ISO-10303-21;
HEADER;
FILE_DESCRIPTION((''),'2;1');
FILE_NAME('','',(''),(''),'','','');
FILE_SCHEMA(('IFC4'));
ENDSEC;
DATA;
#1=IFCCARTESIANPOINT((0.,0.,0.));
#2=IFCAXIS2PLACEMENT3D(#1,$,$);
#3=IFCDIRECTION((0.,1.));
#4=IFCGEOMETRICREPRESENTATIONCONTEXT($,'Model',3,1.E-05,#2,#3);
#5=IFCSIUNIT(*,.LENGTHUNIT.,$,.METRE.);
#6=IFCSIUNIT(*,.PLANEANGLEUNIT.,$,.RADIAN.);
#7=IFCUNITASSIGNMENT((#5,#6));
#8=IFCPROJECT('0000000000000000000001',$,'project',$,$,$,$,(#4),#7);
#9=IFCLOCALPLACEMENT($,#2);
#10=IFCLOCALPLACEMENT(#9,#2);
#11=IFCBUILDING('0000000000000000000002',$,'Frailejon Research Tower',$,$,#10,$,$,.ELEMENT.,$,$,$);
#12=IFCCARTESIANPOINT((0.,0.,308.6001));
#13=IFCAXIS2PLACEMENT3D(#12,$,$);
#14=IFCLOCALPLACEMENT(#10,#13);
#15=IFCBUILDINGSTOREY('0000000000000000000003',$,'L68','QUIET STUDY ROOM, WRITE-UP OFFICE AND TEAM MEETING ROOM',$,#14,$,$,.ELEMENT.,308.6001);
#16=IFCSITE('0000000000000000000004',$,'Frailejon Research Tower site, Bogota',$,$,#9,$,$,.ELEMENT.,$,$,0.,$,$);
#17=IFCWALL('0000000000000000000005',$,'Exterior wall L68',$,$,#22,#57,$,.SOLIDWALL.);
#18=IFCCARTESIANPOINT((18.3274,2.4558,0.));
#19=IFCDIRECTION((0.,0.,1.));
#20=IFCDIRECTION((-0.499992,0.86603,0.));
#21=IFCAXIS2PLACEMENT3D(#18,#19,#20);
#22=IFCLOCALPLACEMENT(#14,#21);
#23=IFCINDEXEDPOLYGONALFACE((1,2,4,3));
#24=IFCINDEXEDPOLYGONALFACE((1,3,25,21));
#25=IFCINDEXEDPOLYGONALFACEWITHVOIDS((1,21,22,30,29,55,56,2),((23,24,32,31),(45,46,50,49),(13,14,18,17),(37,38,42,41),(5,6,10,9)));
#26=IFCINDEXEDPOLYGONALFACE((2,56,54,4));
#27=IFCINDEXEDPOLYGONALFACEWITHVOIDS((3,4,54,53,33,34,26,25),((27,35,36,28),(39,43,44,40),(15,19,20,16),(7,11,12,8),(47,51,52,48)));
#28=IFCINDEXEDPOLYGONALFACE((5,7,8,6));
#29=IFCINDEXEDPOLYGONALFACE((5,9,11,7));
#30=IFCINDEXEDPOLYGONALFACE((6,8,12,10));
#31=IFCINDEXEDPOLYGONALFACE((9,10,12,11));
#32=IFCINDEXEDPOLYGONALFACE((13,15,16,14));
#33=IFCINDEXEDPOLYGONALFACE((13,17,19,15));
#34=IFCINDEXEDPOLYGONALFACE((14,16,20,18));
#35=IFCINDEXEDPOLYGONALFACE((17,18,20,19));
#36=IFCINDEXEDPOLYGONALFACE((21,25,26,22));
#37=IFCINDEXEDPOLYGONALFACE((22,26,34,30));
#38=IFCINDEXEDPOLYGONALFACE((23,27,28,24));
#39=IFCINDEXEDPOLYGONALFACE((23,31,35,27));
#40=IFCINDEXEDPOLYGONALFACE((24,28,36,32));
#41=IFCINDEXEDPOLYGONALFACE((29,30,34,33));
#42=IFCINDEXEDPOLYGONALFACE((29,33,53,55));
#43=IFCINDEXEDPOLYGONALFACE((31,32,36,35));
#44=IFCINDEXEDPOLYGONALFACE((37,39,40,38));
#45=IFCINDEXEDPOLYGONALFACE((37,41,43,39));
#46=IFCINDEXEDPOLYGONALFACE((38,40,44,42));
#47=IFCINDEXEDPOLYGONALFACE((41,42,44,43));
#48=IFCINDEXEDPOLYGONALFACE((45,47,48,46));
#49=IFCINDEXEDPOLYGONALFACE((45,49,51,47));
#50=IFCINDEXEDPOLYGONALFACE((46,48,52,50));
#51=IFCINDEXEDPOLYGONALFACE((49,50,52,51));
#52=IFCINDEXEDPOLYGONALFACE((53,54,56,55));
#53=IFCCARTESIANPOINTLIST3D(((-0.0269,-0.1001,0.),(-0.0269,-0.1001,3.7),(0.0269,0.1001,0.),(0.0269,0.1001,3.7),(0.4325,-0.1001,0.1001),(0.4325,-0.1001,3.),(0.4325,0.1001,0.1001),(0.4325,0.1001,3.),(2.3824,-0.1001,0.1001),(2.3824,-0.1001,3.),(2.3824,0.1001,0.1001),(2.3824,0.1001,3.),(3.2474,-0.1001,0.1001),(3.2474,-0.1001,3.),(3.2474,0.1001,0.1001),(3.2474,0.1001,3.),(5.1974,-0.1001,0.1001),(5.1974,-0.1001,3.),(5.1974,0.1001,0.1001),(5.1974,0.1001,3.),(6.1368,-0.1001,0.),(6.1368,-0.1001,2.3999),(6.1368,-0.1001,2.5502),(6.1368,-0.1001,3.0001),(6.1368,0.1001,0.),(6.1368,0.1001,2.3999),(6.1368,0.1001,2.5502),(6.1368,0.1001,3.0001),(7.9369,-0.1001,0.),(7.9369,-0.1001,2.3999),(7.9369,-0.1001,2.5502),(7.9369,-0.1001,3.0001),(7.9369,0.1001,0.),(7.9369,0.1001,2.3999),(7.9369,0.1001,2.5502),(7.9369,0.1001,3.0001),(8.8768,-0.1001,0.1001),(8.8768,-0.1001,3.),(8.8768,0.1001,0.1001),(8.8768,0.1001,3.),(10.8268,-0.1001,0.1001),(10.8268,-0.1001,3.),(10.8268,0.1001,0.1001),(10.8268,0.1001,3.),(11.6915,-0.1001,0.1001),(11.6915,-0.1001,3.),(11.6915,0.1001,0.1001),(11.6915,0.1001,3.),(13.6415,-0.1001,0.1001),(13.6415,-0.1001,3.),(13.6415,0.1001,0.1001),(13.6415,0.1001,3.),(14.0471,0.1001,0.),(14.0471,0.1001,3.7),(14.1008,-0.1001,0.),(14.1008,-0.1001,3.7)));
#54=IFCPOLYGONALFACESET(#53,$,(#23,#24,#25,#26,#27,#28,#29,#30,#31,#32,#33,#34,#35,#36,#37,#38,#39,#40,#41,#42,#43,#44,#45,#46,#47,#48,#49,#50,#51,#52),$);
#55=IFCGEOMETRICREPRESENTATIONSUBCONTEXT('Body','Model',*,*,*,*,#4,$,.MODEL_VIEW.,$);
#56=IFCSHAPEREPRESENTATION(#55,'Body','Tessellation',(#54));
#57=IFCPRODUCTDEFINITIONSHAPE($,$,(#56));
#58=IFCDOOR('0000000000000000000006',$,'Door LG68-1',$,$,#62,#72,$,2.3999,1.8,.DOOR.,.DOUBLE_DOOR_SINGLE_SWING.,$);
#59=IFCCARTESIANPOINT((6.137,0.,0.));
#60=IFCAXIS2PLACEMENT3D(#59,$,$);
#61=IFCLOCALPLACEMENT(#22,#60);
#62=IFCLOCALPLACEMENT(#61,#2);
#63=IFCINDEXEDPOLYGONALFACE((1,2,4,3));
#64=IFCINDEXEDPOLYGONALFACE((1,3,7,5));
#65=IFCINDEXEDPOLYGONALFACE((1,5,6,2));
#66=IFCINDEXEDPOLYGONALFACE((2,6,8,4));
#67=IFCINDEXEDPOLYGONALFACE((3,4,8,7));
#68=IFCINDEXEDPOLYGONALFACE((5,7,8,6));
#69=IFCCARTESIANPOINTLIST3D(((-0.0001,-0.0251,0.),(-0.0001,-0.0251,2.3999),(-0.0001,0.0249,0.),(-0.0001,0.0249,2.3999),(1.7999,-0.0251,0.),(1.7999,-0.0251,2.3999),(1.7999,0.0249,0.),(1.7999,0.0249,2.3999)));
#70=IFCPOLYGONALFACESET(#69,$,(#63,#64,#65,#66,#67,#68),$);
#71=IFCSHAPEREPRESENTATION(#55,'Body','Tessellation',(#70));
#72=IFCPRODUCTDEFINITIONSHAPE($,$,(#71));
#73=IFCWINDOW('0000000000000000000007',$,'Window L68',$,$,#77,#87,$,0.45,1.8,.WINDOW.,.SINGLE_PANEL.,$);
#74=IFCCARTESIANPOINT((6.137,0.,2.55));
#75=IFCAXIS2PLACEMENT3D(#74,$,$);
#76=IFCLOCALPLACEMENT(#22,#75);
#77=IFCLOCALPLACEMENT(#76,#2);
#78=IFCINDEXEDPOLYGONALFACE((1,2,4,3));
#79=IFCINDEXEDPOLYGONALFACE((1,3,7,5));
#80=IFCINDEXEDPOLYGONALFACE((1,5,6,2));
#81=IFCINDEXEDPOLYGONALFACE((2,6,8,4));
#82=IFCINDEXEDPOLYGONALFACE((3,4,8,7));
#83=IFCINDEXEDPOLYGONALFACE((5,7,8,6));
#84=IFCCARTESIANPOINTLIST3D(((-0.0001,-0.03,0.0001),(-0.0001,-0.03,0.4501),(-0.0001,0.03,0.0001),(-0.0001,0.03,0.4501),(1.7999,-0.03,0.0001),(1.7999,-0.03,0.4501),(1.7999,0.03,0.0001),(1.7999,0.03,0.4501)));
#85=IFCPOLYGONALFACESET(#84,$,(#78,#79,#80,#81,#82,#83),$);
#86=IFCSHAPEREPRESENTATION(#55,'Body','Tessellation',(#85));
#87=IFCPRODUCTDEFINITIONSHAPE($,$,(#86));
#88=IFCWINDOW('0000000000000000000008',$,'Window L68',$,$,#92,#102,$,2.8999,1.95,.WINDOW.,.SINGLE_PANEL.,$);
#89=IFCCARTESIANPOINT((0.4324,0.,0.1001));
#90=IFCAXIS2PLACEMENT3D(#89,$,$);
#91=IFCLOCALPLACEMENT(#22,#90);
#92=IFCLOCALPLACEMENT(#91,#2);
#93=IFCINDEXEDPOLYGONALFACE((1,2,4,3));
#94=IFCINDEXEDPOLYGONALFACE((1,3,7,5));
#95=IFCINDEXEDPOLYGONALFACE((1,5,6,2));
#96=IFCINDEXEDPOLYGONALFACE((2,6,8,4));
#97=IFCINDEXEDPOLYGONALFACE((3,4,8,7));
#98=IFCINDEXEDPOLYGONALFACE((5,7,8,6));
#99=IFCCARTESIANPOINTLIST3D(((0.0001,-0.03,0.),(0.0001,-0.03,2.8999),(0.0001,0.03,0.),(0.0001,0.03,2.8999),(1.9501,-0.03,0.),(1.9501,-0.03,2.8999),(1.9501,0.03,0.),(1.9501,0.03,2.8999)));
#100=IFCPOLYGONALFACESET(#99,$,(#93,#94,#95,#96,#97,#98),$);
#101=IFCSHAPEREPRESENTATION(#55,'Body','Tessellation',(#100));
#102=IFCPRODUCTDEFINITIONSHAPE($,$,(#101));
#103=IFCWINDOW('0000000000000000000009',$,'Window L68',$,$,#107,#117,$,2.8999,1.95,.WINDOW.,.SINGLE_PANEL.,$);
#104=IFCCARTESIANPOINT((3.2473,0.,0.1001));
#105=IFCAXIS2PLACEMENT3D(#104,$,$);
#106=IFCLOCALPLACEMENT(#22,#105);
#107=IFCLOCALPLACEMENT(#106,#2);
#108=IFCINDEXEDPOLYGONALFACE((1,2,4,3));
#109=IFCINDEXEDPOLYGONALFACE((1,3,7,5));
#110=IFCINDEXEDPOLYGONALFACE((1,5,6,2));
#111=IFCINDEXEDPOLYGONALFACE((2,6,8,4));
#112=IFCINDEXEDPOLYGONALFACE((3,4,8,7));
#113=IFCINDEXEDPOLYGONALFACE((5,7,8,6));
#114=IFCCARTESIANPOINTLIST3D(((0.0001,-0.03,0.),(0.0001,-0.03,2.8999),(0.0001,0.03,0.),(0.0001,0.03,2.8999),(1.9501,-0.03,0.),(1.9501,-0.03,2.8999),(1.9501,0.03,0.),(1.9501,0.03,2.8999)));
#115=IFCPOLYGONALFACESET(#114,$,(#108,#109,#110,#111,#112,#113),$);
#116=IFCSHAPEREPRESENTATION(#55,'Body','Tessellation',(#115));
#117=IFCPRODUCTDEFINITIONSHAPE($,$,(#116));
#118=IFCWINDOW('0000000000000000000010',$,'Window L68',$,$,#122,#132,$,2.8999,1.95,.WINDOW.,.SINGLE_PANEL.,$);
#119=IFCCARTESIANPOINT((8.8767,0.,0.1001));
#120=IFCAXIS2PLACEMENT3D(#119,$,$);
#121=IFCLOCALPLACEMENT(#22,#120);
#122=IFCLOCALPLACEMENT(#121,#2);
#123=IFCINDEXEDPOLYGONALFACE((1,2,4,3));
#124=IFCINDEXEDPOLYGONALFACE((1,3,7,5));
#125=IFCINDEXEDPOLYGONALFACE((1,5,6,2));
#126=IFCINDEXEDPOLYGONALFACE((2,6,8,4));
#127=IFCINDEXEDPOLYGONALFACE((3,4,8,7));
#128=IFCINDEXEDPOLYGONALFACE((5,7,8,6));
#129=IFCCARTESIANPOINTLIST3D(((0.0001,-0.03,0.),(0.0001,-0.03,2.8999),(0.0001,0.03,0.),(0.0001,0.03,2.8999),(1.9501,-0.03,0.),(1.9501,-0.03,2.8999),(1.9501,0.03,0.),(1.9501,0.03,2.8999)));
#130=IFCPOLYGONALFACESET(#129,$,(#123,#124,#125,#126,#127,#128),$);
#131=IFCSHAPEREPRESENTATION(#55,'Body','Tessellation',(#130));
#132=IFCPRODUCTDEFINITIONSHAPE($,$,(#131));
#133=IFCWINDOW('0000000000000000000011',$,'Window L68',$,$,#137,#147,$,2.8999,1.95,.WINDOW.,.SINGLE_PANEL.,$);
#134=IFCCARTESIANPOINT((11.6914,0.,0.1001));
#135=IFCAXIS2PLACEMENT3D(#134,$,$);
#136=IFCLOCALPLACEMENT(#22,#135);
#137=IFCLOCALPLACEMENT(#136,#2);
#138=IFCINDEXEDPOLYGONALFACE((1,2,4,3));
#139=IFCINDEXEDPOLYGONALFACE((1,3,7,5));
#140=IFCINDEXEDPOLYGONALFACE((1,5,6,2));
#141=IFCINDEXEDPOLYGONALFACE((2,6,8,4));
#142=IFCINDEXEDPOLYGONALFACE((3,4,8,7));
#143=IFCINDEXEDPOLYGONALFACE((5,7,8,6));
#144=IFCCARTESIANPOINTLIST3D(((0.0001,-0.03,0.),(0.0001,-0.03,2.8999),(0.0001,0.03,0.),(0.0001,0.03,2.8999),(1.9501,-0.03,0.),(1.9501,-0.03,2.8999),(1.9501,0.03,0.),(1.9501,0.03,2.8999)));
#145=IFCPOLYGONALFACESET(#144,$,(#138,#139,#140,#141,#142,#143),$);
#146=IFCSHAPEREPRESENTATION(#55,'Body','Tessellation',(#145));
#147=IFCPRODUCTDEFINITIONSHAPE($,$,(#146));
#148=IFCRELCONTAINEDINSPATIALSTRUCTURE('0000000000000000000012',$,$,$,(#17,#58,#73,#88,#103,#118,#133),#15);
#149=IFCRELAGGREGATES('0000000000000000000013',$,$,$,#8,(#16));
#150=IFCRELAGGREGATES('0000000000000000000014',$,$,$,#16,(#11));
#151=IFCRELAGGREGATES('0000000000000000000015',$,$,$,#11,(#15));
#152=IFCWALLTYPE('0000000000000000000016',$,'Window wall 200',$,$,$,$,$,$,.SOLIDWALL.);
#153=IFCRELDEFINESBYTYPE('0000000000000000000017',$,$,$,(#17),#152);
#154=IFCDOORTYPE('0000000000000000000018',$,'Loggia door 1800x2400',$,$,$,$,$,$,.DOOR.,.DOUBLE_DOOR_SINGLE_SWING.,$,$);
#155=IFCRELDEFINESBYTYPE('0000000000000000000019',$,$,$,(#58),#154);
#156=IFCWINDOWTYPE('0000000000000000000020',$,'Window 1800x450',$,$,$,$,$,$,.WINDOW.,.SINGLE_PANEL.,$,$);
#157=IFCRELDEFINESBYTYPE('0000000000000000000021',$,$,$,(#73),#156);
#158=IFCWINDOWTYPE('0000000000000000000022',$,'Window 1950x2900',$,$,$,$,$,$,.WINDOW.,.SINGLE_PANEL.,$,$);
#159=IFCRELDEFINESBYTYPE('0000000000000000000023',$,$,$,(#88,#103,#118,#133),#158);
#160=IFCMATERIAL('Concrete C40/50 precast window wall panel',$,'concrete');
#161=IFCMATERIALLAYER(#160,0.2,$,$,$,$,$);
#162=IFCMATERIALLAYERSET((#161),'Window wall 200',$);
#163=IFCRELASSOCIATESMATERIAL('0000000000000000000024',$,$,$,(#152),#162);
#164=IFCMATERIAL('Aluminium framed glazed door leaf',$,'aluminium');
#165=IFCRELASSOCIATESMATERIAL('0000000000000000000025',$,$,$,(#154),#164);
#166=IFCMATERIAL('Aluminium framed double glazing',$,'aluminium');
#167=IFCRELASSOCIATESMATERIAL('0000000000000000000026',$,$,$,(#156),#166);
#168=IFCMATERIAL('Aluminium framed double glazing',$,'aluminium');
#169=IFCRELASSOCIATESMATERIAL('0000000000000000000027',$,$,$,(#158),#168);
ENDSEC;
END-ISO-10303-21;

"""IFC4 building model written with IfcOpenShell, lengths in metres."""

from ifc_helpers import new_model, si_unit, direction, frame, frame_2d, origin, place, context, subcontext, project, spatial, polyline, rectangle, outline, extrude, material, layer, layer_set, type_object, element, fill, save


model = new_model("IFC4")

# Units and contexts
model_context = context("Model", 3, precision=1e-05, world=origin(), true_north=direction((0.0, 1.0)))
body_context = subcontext(model_context, "Body", "Model", "MODEL_VIEW")
ifc_project = project(units=[si_unit("LENGTHUNIT", "METRE"), si_unit("PLANEANGLEUNIT", "RADIAN")], contexts=[model_context])

# Site, building, storey
site_placement = place(None, origin())
site = spatial("IfcSite", under=ifc_project, at=site_placement, Name="Frailejon Research Tower site, Bogota", CompositionType="ELEMENT", RefElevation=0.0)
building_placement = place(site_placement, origin())
building = spatial("IfcBuilding", under=site, at=building_placement, Name="Frailejon Research Tower", CompositionType="ELEMENT")
storey_placement = place(building_placement, frame((0.0, 0.0, 308.6001)))
storey = spatial("IfcBuildingStorey", under=building, at=storey_placement, Name="L68", Description="QUIET STUDY ROOM, WRITE-UP OFFICE AND TEAM MEETING ROOM", CompositionType="ELEMENT", Elevation=308.6001)

# Wall, openings, door, windows
ifc_material_1 = material(Name="Concrete C40/50 precast window wall panel", Category="concrete")
ifc_layer_1 = layer(ifc_material_1, 0.2)
ifc_layer_set_1 = layer_set([ifc_layer_1], Name="Window wall 200")
wall_type_1 = type_object("IfcWallType", Name="Window wall 200", PredefinedType="SOLIDWALL", material=ifc_layer_set_1)
wall_1_placement = place(storey_placement, frame((18.3274, 2.4558, 0.0), z_axis=(0.0, 0.0, 1.0), x_axis=(-0.499992, 0.86603, 0.0)))
wall_1 = element("IfcWall", 1, at=wall_1_placement, inside=storey, type_object=wall_type_1, Name="Exterior wall L68", PredefinedType="SOLIDWALL", context=body_context, shape_type="SweptSolid", body=[
    extrude(outline(polyline([(-0.0269, -0.1001), (0.9822, -0.1001), (1.9915, -0.1001), (3.0005, -0.1001), (4.0095, -0.1001), (5.0188, -0.1001), (6.0278, -0.1001), (7.0371, -0.1001), (8.0461, -0.1001), (9.0552, -0.1001), (10.0645, -0.1001), (11.0735, -0.1001), (12.0825, -0.1001), (13.0918, -0.1001), (14.1008, -0.1001), (14.0471, 0.1001), (13.0457, 0.1001), (12.0442, 0.1001), (11.0427, 0.1001), (10.0413, 0.1001), (9.0398, 0.1001), (8.0383, 0.1001), (7.0371, 0.1001), (6.0356, 0.1001), (5.0342, 0.1001), (4.0327, 0.1001), (3.0312, 0.1001), (2.0298, 0.1001), (1.0283, 0.1001), (0.0269, 0.1001), (-0.0269, -0.1001)])), origin(), (0.0, 0.0, 1.0), 3.7),
])
opening_1_placement = place(wall_1_placement, frame((0.4324, 0.0, 0.1001)))
opening_1 = element("IfcOpeningElement", 2, at=opening_1_placement, cuts=wall_1, PredefinedType="OPENING", context=body_context, shape_type="SweptSolid", body=[
    extrude(rectangle(XDim=1.95, YDim=2.8999, at=frame_2d((0.9751, 1.45))), frame((0.0, 0.1099, 0.0), z_axis=(0.0, -1.0, 0.0), x_axis=(1.0, 0.0, 0.0)), (0.0, 0.0, 1.0), 0.22),
])
opening_2_placement = place(wall_1_placement, frame((3.2473, 0.0, 0.1001)))
opening_2 = element("IfcOpeningElement", 3, at=opening_2_placement, cuts=wall_1, PredefinedType="OPENING", context=body_context, shape_type="SweptSolid", body=[
    extrude(rectangle(XDim=1.95, YDim=2.8999, at=frame_2d((0.9751, 1.45))), frame((0.0, 0.1099, 0.0), z_axis=(0.0, -1.0, 0.0), x_axis=(1.0, 0.0, 0.0)), (0.0, 0.0, 1.0), 0.22),
])
opening_3_placement = place(wall_1_placement, frame((6.137, 0.0, 0.0)))
opening_3 = element("IfcOpeningElement", 4, at=opening_3_placement, cuts=wall_1, PredefinedType="OPENING", context=body_context, shape_type="SweptSolid", body=[
    extrude(rectangle(XDim=1.8, YDim=2.3999, at=frame_2d((0.8999, 1.2))), frame((0.0, 0.1099, 0.0), z_axis=(0.0, -1.0, 0.0), x_axis=(1.0, 0.0, 0.0)), (0.0, 0.0, 1.0), 0.22),
])
opening_4_placement = place(wall_1_placement, frame((6.137, 0.0, 2.55)))
opening_4 = element("IfcOpeningElement", 5, at=opening_4_placement, cuts=wall_1, PredefinedType="OPENING", context=body_context, shape_type="SweptSolid", body=[
    extrude(rectangle(XDim=1.8, YDim=0.45, at=frame_2d((0.8999, 0.2251))), frame((0.0, 0.1099, 0.0), z_axis=(0.0, -1.0, 0.0), x_axis=(1.0, 0.0, 0.0)), (0.0, 0.0, 1.0), 0.22),
])
opening_5_placement = place(wall_1_placement, frame((8.8767, 0.0, 0.1001)))
opening_5 = element("IfcOpeningElement", 6, at=opening_5_placement, cuts=wall_1, PredefinedType="OPENING", context=body_context, shape_type="SweptSolid", body=[
    extrude(rectangle(XDim=1.95, YDim=2.8999, at=frame_2d((0.9751, 1.45))), frame((0.0, 0.1099, 0.0), z_axis=(0.0, -1.0, 0.0), x_axis=(1.0, 0.0, 0.0)), (0.0, 0.0, 1.0), 0.22),
])
opening_6_placement = place(wall_1_placement, frame((11.6914, 0.0, 0.1001)))
opening_6 = element("IfcOpeningElement", 7, at=opening_6_placement, cuts=wall_1, PredefinedType="OPENING", context=body_context, shape_type="SweptSolid", body=[
    extrude(rectangle(XDim=1.95, YDim=2.8999, at=frame_2d((0.9751, 1.45))), frame((0.0, 0.1099, 0.0), z_axis=(0.0, -1.0, 0.0), x_axis=(1.0, 0.0, 0.0)), (0.0, 0.0, 1.0), 0.22),
])
ifc_material_2 = material(Name="Aluminium framed glazed door leaf", Category="aluminium")
door_type = type_object("IfcDoorType", Name="Loggia door 1800x2400", OperationType="DOUBLE_DOOR_SINGLE_SWING", PredefinedType="DOOR", material=ifc_material_2)
door_placement = place(opening_3_placement, origin())
door = element("IfcDoor", 8, at=door_placement, inside=storey, type_object=door_type, Name="Door LG68-1", OperationType="DOUBLE_DOOR_SINGLE_SWING", OverallHeight=2.3999, OverallWidth=1.8, PredefinedType="DOOR", context=body_context, shape_type="SweptSolid", body=[
    extrude(rectangle(XDim=1.8, YDim=2.3999, at=frame_2d((0.8999, 1.2))), frame((0.0, 0.0249, 0.0), z_axis=(0.0, -1.0, 0.0), x_axis=(1.0, 0.0, 0.0)), (0.0, 0.0, 1.0), 0.05),
])
fill(opening_3, door)
ifc_material_3 = material(Name="Aluminium framed double glazing", Category="aluminium")
window_type_1 = type_object("IfcWindowType", Name="Window 1800x450", PartitioningType="SINGLE_PANEL", PredefinedType="WINDOW", material=ifc_material_3)
window_1_placement = place(opening_4_placement, origin())
window_1 = element("IfcWindow", 9, at=window_1_placement, inside=storey, type_object=window_type_1, Name="Window L68", OverallHeight=0.45, OverallWidth=1.8, PartitioningType="SINGLE_PANEL", PredefinedType="WINDOW", context=body_context, shape_type="SweptSolid", body=[
    extrude(rectangle(XDim=1.8, YDim=0.45, at=frame_2d((0.8999, 0.2251))), frame((0.0, 0.03, 0.0), z_axis=(0.0, -1.0, 0.0), x_axis=(1.0, 0.0, 0.0)), (0.0, 0.0, 1.0), 0.0601),
])
fill(opening_4, window_1)
ifc_material_4 = material(Name="Aluminium framed double glazing", Category="aluminium")
window_type_2 = type_object("IfcWindowType", Name="Window 1950x2900", PartitioningType="SINGLE_PANEL", PredefinedType="WINDOW", material=ifc_material_4)
window_2_placement = place(opening_1_placement, origin())
window_2 = element("IfcWindow", 10, at=window_2_placement, inside=storey, type_object=window_type_2, Name="Window L68", OverallHeight=2.8999, OverallWidth=1.95, PartitioningType="SINGLE_PANEL", PredefinedType="WINDOW", context=body_context, shape_type="SweptSolid", body=[
    extrude(rectangle(XDim=1.95, YDim=2.8999, at=frame_2d((0.9751, 1.45))), frame((0.0, 0.03, 0.0), z_axis=(0.0, -1.0, 0.0), x_axis=(1.0, 0.0, 0.0)), (0.0, 0.0, 1.0), 0.0601),
])
fill(opening_1, window_2)
window_3_placement = place(opening_2_placement, origin())
window_3 = element("IfcWindow", 11, at=window_3_placement, inside=storey, type_object=window_type_2, Name="Window L68", OverallHeight=2.8999, OverallWidth=1.95, PartitioningType="SINGLE_PANEL", PredefinedType="WINDOW", context=body_context, shape_type="SweptSolid", body=[
    extrude(rectangle(XDim=1.95, YDim=2.8999, at=frame_2d((0.9751, 1.45))), frame((0.0, 0.03, 0.0), z_axis=(0.0, -1.0, 0.0), x_axis=(1.0, 0.0, 0.0)), (0.0, 0.0, 1.0), 0.0601),
])
fill(opening_2, window_3)
window_4_placement = place(opening_5_placement, origin())
window_4 = element("IfcWindow", 12, at=window_4_placement, inside=storey, type_object=window_type_2, Name="Window L68", OverallHeight=2.8999, OverallWidth=1.95, PartitioningType="SINGLE_PANEL", PredefinedType="WINDOW", context=body_context, shape_type="SweptSolid", body=[
    extrude(rectangle(XDim=1.95, YDim=2.8999, at=frame_2d((0.9751, 1.45))), frame((0.0, 0.03, 0.0), z_axis=(0.0, -1.0, 0.0), x_axis=(1.0, 0.0, 0.0)), (0.0, 0.0, 1.0), 0.0601),
])
fill(opening_5, window_4)
window_5_placement = place(opening_6_placement, origin())
window_5 = element("IfcWindow", 13, at=window_5_placement, inside=storey, type_object=window_type_2, Name="Window L68", OverallHeight=2.8999, OverallWidth=1.95, PartitioningType="SINGLE_PANEL", PredefinedType="WINDOW", context=body_context, shape_type="SweptSolid", body=[
    extrude(rectangle(XDim=1.95, YDim=2.8999, at=frame_2d((0.9751, 1.45))), frame((0.0, 0.03, 0.0), z_axis=(0.0, -1.0, 0.0), x_axis=(1.0, 0.0, 0.0)), (0.0, 0.0, 1.0), 0.0601),
])
fill(opening_6, window_5)

save(model, "model.ifc")
